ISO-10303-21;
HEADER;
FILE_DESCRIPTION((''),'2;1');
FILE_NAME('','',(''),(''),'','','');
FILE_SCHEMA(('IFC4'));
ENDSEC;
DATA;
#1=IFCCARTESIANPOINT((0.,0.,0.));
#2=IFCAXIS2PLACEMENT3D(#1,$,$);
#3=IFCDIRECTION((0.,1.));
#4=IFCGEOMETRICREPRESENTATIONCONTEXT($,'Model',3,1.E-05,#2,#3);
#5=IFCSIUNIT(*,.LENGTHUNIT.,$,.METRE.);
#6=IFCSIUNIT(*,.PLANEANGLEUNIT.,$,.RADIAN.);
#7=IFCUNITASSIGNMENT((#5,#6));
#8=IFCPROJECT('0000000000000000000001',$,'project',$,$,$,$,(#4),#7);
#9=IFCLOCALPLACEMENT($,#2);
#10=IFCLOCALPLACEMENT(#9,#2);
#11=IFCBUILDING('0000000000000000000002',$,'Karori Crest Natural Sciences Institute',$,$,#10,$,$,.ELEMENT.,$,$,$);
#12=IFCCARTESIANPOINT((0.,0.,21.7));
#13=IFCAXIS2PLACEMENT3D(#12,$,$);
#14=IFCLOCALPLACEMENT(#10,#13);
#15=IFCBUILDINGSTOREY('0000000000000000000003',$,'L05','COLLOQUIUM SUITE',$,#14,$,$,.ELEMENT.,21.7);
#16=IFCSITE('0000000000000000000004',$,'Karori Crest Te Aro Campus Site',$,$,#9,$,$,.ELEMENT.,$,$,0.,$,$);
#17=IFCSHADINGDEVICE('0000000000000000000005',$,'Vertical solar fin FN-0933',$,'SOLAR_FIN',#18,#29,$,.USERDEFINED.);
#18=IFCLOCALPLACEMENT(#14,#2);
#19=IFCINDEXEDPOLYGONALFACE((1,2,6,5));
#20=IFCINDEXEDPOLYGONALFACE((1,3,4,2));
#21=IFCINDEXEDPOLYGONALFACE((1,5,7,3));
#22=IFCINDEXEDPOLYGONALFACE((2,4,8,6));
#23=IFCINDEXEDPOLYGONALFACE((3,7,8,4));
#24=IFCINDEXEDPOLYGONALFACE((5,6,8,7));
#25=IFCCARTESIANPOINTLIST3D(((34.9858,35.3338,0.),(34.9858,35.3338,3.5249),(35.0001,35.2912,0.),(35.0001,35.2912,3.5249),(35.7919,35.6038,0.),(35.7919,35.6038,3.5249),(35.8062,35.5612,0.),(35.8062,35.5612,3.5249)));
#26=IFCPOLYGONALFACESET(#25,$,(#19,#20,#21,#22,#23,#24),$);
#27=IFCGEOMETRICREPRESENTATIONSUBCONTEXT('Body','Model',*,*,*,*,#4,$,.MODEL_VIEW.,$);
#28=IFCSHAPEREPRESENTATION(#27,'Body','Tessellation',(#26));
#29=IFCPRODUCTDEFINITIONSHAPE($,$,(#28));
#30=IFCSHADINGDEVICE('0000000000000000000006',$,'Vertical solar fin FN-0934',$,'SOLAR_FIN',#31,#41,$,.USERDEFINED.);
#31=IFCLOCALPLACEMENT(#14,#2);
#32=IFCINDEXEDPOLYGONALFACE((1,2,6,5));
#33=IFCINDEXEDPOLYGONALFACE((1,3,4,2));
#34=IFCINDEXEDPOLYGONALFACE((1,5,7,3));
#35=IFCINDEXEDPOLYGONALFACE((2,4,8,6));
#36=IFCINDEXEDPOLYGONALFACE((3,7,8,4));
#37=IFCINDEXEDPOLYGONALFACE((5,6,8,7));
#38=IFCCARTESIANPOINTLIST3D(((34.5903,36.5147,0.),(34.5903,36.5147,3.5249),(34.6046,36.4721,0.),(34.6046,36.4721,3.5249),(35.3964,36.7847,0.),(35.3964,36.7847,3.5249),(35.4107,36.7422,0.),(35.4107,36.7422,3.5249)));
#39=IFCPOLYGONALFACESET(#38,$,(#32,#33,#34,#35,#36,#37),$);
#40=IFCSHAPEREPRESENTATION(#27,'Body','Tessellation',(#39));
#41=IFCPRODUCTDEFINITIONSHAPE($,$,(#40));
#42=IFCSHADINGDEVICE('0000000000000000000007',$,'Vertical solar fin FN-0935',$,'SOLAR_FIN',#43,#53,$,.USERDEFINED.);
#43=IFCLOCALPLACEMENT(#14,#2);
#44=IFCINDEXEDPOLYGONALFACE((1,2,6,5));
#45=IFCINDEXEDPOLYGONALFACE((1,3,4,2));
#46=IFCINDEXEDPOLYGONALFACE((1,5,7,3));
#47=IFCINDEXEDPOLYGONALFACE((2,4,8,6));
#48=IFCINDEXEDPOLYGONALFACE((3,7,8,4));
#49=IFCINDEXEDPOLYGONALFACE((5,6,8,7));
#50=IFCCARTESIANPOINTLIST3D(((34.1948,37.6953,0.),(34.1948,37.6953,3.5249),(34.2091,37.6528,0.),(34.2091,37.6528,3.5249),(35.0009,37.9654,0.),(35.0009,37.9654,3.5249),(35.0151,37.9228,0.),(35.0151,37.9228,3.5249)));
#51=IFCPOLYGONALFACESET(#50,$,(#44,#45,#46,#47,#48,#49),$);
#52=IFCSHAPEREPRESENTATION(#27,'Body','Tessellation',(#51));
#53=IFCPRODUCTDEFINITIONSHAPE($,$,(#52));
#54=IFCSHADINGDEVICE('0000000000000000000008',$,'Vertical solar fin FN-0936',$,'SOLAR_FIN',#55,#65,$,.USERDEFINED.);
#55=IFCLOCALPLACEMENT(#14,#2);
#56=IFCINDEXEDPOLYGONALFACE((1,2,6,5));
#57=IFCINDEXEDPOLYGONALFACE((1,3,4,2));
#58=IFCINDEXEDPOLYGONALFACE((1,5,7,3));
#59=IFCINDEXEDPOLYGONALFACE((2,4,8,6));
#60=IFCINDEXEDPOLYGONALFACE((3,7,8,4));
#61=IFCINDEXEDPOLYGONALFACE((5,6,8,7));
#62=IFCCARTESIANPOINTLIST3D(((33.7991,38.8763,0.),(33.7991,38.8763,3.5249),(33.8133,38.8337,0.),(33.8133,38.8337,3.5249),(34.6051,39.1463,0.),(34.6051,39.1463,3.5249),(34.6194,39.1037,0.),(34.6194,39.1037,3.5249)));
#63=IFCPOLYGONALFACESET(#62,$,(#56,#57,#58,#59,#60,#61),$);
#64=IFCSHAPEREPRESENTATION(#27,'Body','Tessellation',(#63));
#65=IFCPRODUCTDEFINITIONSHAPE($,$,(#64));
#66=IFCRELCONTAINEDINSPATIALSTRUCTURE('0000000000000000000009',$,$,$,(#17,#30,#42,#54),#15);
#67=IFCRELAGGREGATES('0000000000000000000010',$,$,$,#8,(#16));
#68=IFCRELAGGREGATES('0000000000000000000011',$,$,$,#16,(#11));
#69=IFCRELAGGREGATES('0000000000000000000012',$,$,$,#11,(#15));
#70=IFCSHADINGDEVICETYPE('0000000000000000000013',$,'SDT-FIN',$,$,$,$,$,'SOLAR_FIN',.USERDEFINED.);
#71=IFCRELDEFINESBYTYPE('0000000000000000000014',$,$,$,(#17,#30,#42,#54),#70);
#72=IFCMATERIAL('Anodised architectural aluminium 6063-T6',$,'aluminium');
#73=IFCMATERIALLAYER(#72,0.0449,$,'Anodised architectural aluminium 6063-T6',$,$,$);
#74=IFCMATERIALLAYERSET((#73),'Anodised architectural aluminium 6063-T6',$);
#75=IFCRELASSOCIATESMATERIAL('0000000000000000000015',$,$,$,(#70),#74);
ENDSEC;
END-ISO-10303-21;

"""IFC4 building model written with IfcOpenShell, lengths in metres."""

from ifc_helpers import new_model, si_unit, direction, frame, origin, origin_2d, place, context, subcontext, project, spatial, rectangle, extrude, material, layer, layer_set, type_object, element, save


model = new_model("IFC4")

# Units and contexts
model_context = context("Model", 3, precision=1e-05, world=origin(), true_north=direction((0.0, 1.0)))
body_context = subcontext(model_context, "Body", "Model", "MODEL_VIEW")
ifc_project = project(units=[si_unit("LENGTHUNIT", "METRE"), si_unit("PLANEANGLEUNIT", "RADIAN")], contexts=[model_context])

# Site, building, storey
site_placement = place(None, origin())
site = spatial("IfcSite", under=ifc_project, at=site_placement, Name="Karori Crest Te Aro Campus Site", CompositionType="ELEMENT", RefElevation=0.0)
building_placement = place(site_placement, origin())
building = spatial("IfcBuilding", under=site, at=building_placement, Name="Karori Crest Natural Sciences Institute", CompositionType="ELEMENT")
storey_placement = place(building_placement, frame((0.0, 0.0, 21.7)))
storey = spatial("IfcBuildingStorey", under=building, at=storey_placement, Name="L05", Description="COLLOQUIUM SUITE", CompositionType="ELEMENT", Elevation=21.7)

# Shared definitions
ifc_material_1 = material(Name="Anodised architectural aluminium 6063-T6", Category="aluminium")

# Shading devices
ifc_layer_1 = layer(ifc_material_1, 0.0449, Name="Anodised architectural aluminium 6063-T6")
ifc_layer_set_1 = layer_set([ifc_layer_1], Name="Anodised architectural aluminium 6063-T6")
shading_device_type = type_object("IfcShadingDeviceType", Name="SDT-FIN", ElementType="SOLAR_FIN", PredefinedType="USERDEFINED", material=ifc_layer_set_1)
for number, where, z_axis, x_axis, name in (
    (1, (35.396, 35.4475, 0.0), (0.0, 0.0, 1.0), (-0.948198, -0.31768, 0.0), "Vertical solar fin FN-0933"),
    (2, (35.0005, 36.6284, 0.0), (0.0, 0.0, 1.0), (-0.948198, -0.31768, 0.0), "Vertical solar fin FN-0934"),
    (3, (34.605, 37.8091, 0.0), (0.0, 0.0, 1.0), (-0.948198, -0.31768, 0.0), "Vertical solar fin FN-0935"),
    (4, (34.2092, 38.99, 0.0), (0.0, 0.0, 1.0), (-0.948198, -0.31768, 0.0), "Vertical solar fin FN-0936"),
):
    element("IfcShadingDevice", number, at=place(storey_placement, frame(where, z_axis=z_axis, x_axis=x_axis)), inside=storey, type_object=shading_device_type, Name=name, ObjectType="SOLAR_FIN", PredefinedType="USERDEFINED", context=body_context, shape_type="SweptSolid", body=[
        extrude(rectangle(XDim=0.8501, YDim=0.0449, at=origin_2d()), origin(), (0.0, 0.0, 1.0), 3.5249),
    ])

save(model, "model.ifc")
